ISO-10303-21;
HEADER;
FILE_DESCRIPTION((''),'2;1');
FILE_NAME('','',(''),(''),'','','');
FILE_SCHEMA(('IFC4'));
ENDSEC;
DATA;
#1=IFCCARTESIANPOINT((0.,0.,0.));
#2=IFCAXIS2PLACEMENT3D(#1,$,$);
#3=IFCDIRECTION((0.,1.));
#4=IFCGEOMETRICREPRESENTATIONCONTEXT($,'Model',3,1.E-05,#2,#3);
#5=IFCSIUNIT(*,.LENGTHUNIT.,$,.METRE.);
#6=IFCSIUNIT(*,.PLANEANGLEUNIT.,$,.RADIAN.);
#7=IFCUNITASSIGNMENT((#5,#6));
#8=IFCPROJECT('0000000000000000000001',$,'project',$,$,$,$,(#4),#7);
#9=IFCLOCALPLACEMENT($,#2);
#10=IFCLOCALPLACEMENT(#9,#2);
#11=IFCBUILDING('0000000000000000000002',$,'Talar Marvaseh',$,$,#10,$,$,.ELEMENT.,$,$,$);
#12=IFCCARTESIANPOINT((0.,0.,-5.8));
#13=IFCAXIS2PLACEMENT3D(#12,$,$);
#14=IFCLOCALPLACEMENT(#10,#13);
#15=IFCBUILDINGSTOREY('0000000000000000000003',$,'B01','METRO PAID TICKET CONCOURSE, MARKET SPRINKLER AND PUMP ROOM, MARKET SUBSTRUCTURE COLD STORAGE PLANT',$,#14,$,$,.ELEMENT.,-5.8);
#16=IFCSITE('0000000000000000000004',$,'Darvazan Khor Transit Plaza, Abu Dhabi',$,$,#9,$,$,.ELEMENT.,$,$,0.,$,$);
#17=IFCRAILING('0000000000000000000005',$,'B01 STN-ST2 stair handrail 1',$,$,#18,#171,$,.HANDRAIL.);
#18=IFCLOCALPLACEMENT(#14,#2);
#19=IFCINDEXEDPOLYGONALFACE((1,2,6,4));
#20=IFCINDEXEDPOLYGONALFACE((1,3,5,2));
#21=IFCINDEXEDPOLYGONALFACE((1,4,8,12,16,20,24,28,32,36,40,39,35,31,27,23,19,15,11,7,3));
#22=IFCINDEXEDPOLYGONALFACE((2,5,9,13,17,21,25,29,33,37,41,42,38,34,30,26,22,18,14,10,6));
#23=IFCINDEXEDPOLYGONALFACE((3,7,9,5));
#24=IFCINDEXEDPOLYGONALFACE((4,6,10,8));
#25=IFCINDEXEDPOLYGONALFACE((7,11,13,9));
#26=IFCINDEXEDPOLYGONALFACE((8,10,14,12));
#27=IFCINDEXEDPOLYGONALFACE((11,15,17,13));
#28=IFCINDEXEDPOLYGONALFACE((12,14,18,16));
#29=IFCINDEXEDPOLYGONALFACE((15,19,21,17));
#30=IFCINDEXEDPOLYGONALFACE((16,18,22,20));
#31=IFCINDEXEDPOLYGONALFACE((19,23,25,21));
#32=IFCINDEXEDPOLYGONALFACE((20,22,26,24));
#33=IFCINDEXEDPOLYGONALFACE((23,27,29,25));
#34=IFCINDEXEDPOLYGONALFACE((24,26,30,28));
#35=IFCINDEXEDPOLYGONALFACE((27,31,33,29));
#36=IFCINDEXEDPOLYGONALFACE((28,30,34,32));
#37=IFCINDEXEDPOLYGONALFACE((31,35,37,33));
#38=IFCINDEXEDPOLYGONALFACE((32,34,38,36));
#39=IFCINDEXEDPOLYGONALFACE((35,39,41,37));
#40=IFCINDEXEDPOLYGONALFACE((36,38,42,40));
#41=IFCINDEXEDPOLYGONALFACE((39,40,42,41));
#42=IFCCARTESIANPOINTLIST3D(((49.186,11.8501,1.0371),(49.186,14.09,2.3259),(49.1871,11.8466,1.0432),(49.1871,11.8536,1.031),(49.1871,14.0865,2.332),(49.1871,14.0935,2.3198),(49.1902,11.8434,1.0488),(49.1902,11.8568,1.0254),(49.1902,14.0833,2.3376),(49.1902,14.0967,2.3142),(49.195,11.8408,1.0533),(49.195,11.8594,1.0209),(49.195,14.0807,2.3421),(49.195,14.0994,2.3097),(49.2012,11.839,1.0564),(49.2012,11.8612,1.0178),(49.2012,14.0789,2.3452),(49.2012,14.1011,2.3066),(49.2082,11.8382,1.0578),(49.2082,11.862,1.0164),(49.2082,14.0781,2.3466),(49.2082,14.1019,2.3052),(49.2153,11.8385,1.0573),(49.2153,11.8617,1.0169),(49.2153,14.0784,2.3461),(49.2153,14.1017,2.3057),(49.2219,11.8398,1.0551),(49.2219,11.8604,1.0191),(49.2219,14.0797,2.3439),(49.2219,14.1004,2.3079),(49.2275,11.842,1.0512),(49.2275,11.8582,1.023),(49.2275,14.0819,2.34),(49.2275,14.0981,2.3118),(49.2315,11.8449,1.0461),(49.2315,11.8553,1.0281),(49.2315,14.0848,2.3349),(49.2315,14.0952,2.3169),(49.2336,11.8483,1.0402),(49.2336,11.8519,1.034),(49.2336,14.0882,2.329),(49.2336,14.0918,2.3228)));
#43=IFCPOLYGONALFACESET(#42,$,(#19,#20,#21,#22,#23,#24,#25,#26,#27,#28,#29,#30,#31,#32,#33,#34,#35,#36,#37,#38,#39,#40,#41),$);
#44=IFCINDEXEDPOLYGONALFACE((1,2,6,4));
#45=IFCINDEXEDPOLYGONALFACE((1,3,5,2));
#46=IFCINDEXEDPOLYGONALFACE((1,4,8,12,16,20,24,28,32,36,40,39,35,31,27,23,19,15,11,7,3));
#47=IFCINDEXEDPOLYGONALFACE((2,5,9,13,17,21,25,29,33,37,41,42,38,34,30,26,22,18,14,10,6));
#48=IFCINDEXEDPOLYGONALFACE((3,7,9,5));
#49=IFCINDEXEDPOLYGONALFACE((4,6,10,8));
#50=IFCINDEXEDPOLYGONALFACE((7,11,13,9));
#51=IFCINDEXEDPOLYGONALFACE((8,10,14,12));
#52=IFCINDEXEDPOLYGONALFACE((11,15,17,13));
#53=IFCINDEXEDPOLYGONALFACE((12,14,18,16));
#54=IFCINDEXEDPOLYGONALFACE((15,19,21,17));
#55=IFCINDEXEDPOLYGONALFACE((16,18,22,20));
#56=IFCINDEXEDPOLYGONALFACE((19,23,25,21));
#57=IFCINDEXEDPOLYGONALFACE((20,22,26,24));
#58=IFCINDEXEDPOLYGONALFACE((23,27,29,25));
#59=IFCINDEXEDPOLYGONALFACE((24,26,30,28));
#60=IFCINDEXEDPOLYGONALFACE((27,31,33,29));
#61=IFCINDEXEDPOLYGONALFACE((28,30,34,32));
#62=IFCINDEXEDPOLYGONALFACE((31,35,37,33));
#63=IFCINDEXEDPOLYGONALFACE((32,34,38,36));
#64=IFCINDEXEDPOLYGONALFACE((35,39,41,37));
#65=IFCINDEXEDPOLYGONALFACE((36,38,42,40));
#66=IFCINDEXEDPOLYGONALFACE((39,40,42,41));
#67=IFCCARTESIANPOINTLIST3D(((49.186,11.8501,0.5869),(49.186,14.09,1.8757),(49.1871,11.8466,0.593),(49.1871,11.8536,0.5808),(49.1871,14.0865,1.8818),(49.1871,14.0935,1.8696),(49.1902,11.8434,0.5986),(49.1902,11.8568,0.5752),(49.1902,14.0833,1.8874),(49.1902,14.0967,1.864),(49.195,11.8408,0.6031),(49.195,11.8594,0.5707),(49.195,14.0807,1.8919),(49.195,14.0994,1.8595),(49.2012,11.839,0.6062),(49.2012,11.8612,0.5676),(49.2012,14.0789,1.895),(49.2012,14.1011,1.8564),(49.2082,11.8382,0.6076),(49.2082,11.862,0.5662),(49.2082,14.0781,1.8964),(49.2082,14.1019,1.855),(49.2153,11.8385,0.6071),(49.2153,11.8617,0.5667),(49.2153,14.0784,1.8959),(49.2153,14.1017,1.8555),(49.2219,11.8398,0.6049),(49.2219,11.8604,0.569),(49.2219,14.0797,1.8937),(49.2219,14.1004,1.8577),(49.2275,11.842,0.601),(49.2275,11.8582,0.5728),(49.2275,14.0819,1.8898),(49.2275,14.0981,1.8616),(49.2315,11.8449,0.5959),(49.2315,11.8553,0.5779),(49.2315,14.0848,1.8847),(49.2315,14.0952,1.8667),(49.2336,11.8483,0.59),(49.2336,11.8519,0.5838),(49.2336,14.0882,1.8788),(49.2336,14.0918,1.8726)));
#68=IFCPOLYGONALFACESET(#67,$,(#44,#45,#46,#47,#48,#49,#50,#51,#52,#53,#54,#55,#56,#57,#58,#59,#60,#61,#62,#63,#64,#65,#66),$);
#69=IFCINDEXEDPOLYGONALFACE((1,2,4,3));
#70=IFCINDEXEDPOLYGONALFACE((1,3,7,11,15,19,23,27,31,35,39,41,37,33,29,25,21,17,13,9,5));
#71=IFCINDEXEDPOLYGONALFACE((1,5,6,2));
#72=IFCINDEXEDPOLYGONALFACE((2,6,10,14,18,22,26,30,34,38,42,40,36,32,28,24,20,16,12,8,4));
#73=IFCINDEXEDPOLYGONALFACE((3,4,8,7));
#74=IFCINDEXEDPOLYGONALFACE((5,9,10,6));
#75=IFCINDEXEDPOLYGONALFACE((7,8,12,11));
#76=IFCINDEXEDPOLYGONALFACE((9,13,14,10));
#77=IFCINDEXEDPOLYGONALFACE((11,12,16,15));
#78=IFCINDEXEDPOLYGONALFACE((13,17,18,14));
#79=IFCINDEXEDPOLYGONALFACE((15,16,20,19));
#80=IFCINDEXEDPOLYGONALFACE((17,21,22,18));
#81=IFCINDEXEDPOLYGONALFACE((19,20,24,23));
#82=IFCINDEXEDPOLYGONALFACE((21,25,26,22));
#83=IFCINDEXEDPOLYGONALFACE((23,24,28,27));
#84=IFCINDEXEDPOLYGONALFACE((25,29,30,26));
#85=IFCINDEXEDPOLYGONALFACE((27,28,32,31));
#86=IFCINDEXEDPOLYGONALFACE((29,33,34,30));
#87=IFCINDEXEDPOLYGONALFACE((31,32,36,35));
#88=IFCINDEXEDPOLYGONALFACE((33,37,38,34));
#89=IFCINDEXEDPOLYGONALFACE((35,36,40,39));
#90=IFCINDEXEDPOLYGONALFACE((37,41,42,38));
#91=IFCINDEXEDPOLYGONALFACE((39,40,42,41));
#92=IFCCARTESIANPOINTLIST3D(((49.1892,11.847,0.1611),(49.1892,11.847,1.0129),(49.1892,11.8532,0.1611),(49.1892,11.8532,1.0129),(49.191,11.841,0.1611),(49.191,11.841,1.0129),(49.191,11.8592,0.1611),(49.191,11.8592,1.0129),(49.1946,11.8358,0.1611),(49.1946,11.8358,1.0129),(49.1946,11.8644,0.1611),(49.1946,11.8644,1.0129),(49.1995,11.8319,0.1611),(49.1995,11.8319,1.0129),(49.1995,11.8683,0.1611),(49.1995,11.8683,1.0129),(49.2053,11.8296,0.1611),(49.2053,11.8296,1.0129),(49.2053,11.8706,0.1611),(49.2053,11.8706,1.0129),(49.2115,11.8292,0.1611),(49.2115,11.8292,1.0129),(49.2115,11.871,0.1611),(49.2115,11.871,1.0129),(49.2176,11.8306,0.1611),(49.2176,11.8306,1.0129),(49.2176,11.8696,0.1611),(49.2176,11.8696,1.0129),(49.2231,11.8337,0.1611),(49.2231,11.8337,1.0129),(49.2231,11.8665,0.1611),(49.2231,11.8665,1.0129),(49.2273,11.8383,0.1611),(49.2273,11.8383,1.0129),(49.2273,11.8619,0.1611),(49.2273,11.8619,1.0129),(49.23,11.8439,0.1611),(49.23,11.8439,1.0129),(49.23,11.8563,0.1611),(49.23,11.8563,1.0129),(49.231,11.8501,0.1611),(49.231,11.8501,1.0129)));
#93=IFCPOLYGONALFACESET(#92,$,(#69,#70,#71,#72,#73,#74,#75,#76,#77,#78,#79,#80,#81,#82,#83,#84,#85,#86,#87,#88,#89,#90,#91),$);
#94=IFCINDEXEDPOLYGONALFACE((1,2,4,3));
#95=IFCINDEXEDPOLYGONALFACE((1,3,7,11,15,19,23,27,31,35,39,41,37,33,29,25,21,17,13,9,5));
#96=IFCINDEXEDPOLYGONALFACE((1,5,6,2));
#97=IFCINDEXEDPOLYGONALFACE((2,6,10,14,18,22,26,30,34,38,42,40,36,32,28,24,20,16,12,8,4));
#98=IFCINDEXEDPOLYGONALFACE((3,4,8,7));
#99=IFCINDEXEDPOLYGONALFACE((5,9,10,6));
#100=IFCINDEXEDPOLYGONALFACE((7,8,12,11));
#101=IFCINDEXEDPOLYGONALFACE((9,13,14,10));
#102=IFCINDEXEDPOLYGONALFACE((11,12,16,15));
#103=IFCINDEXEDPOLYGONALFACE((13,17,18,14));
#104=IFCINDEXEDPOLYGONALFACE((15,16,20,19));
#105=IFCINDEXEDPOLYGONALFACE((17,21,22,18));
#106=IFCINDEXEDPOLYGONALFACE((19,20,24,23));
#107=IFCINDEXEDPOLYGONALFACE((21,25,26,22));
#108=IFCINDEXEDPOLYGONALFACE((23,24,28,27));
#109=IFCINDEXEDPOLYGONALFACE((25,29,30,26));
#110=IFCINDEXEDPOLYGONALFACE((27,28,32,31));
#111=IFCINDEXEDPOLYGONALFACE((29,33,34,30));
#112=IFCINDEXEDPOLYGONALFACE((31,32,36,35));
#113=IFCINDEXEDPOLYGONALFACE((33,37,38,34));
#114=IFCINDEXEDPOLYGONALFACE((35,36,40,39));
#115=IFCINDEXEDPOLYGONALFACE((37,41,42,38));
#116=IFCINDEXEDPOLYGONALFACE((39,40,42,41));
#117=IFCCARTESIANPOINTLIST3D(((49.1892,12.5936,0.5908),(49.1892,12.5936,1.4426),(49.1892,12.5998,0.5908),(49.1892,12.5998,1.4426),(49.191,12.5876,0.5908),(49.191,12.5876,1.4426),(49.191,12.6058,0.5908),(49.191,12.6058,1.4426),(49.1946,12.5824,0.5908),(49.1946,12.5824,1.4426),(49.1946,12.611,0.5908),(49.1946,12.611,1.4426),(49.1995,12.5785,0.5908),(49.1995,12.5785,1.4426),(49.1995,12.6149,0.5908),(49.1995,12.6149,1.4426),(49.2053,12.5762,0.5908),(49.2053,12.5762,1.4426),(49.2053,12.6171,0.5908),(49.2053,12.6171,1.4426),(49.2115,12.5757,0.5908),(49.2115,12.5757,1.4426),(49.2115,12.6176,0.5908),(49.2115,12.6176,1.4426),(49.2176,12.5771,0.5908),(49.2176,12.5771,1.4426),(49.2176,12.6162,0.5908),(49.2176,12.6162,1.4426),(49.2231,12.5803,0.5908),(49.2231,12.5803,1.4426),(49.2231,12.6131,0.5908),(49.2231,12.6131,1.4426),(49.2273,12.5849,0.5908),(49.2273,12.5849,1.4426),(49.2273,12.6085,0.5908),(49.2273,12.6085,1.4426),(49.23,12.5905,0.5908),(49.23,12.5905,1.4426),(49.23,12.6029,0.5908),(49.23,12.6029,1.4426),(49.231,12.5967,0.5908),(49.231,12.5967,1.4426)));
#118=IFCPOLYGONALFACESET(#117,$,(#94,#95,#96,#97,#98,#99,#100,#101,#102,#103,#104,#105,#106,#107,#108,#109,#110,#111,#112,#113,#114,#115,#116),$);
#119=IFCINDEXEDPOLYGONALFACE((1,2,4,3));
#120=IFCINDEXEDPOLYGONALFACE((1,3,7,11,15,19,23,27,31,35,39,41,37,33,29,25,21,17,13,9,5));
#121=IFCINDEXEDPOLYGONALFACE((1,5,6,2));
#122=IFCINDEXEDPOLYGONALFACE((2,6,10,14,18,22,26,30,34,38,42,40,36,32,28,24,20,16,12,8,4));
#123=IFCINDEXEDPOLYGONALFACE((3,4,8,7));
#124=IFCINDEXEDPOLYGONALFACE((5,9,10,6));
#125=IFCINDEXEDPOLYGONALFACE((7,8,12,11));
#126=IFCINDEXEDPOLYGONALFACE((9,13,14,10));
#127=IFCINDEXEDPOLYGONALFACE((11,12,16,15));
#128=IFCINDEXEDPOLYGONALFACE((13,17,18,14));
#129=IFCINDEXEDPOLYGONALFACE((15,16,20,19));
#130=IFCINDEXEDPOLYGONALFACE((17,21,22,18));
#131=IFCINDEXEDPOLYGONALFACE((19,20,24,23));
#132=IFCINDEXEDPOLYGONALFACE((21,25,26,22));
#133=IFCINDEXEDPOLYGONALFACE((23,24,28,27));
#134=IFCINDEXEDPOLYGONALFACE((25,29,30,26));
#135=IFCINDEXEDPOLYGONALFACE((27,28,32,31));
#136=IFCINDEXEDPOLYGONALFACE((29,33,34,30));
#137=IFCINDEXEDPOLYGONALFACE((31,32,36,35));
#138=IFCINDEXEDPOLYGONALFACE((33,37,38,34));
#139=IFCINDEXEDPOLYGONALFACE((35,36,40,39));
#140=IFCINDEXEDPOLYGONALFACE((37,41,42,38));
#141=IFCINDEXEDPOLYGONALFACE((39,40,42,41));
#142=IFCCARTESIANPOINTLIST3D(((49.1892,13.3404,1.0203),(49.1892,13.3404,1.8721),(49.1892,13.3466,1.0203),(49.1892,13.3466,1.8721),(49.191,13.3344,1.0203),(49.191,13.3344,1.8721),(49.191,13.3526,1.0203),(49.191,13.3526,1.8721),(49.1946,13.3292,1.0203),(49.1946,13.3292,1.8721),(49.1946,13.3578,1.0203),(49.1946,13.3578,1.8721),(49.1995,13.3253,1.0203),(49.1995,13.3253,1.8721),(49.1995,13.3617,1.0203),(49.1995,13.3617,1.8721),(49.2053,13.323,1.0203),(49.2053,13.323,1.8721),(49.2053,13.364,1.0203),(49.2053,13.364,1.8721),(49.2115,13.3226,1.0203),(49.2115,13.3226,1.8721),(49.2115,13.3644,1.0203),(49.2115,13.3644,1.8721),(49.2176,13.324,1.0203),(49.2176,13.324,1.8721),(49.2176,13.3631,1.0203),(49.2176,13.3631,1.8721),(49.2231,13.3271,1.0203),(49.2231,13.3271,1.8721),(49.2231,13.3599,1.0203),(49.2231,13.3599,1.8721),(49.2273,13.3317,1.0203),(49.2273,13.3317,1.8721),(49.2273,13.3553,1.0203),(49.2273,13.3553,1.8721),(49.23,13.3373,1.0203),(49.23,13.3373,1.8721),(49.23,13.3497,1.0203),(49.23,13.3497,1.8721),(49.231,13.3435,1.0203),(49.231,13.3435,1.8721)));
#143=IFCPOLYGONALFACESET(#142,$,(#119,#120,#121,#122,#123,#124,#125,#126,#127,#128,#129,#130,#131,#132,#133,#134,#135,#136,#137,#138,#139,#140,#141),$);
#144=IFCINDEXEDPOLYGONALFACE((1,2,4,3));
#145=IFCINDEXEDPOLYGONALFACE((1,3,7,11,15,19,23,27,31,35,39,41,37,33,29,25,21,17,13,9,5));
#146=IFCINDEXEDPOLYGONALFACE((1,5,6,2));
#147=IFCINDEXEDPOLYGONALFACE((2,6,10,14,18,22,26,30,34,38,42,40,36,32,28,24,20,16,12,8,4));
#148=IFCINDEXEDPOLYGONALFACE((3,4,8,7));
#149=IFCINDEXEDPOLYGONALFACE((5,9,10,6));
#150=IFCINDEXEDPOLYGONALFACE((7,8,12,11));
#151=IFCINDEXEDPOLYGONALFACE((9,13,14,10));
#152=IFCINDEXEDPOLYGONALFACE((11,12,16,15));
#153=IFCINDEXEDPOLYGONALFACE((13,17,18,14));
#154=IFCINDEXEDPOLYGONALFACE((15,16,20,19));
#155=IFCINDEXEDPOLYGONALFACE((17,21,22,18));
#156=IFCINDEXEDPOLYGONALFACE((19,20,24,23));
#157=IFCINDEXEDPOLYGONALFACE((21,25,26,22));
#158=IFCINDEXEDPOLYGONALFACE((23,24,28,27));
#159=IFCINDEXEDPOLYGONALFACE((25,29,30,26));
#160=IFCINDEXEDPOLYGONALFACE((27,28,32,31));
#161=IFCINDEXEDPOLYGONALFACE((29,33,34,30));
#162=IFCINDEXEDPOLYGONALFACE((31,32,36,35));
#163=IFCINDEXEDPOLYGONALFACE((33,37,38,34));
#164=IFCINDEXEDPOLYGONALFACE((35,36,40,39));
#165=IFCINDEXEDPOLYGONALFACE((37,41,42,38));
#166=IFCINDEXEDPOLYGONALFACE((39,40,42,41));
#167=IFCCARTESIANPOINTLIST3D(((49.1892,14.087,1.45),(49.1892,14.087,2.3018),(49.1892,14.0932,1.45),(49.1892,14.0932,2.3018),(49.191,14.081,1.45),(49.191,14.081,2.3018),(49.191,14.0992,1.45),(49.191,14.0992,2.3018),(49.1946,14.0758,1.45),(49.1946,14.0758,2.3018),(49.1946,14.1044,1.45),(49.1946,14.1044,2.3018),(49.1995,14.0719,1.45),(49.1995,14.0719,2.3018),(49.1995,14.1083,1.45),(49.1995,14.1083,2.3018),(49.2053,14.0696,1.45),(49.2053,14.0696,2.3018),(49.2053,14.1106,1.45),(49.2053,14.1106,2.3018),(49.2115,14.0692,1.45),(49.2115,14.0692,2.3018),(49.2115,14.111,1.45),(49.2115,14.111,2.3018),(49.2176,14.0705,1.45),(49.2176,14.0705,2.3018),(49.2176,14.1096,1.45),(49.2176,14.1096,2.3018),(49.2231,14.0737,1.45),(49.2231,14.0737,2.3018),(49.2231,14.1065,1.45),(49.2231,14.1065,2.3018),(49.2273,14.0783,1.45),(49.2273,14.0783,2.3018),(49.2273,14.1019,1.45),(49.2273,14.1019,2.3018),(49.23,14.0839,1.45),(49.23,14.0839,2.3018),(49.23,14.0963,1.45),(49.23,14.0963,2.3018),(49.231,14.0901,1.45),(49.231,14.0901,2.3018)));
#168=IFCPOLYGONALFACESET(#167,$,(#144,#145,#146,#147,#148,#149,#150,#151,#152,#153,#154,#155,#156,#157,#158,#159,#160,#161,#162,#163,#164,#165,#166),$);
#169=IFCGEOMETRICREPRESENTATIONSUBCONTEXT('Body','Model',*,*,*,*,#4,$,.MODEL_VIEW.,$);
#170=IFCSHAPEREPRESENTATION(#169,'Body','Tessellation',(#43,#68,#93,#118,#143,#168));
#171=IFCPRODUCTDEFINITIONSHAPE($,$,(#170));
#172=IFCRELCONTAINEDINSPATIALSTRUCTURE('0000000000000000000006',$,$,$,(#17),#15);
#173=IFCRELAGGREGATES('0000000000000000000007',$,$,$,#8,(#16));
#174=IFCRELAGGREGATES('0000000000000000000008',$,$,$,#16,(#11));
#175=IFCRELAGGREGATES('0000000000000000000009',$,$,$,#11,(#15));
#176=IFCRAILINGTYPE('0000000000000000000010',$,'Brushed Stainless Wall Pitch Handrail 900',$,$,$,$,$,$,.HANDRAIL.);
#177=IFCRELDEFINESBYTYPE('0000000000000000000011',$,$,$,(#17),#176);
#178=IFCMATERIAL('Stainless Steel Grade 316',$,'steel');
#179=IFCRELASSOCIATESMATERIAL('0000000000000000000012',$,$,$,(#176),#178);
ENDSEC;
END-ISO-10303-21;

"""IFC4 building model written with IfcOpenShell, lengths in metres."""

from ifc_helpers import new_model, si_unit, direction, frame, origin, origin_2d, place, context, subcontext, project, spatial, circle, extrude, material, type_object, element, save


model = new_model("IFC4")

# Units and contexts
model_context = context("Model", 3, precision=1e-05, world=origin(), true_north=direction((0.0, 1.0)))
body_context = subcontext(model_context, "Body", "Model", "MODEL_VIEW")
ifc_project = project(units=[si_unit("LENGTHUNIT", "METRE"), si_unit("PLANEANGLEUNIT", "RADIAN")], contexts=[model_context])

# Site, building, storey
site_placement = place(None, origin())
site = spatial("IfcSite", under=ifc_project, at=site_placement, Name="Darvazan Khor Transit Plaza, Abu Dhabi", CompositionType="ELEMENT", RefElevation=0.0)
building_placement = place(site_placement, origin())
building = spatial("IfcBuilding", under=site, at=building_placement, Name="Talar Marvaseh", CompositionType="ELEMENT")
storey_placement = place(building_placement, frame((0.0, 0.0, -5.8)))
storey = spatial("IfcBuildingStorey", under=building, at=storey_placement, Name="B01", Description="METRO PAID TICKET CONCOURSE, MARKET SPRINKLER AND PUMP ROOM, MARKET SUBSTRUCTURE COLD STORAGE PLANT", CompositionType="ELEMENT", Elevation=-5.8)

# Railing
ifc_material_1 = material(Name="Stainless Steel Grade 316", Category="steel")
railing_type = type_object("IfcRailingType", Name="Brushed Stainless Wall Pitch Handrail 900", PredefinedType="HANDRAIL", material=ifc_material_1)
for number, where, name in (
    (1, (49.21, 11.8501, 0.1611), "B01 STN-ST2 stair handrail 1"),
):
    element("IfcRailing", number, at=place(storey_placement, frame(where)), inside=storey, type_object=railing_type, Name=name, PredefinedType="HANDRAIL", context=body_context, shape_type="SweptSolid", body=[
        extrude(circle(Radius=0.0239, at=origin_2d()), frame((0.0, 0.0, 0.876), z_axis=(0.0, 0.866768, 0.498711), x_axis=(-1.0, 0.0, 0.0)), (0.0, 0.0, 1.0), 2.5842),
        extrude(circle(Radius=0.0239, at=origin_2d()), frame((0.0, 0.0, 0.4258), z_axis=(0.0, 0.866768, 0.498711), x_axis=(-1.0, 0.0, 0.0)), (0.0, 0.0, 1.0), 2.5842),
        extrude(circle(Radius=0.021, at=origin_2d()), origin(), (0.0, 0.0, 1.0), 0.8518),
        extrude(circle(Radius=0.021, at=origin_2d()), frame((0.0, 0.7466, 0.4297)), (0.0, 0.0, 1.0), 0.8518),
        extrude(circle(Radius=0.021, at=origin_2d()), frame((0.0, 1.4934, 0.8591)), (0.0, 0.0, 1.0), 0.8518),
        extrude(circle(Radius=0.021, at=origin_2d()), frame((0.0, 2.24, 1.2888)), (0.0, 0.0, 1.0), 0.8518),
    ])

save(model, "model.ifc")
